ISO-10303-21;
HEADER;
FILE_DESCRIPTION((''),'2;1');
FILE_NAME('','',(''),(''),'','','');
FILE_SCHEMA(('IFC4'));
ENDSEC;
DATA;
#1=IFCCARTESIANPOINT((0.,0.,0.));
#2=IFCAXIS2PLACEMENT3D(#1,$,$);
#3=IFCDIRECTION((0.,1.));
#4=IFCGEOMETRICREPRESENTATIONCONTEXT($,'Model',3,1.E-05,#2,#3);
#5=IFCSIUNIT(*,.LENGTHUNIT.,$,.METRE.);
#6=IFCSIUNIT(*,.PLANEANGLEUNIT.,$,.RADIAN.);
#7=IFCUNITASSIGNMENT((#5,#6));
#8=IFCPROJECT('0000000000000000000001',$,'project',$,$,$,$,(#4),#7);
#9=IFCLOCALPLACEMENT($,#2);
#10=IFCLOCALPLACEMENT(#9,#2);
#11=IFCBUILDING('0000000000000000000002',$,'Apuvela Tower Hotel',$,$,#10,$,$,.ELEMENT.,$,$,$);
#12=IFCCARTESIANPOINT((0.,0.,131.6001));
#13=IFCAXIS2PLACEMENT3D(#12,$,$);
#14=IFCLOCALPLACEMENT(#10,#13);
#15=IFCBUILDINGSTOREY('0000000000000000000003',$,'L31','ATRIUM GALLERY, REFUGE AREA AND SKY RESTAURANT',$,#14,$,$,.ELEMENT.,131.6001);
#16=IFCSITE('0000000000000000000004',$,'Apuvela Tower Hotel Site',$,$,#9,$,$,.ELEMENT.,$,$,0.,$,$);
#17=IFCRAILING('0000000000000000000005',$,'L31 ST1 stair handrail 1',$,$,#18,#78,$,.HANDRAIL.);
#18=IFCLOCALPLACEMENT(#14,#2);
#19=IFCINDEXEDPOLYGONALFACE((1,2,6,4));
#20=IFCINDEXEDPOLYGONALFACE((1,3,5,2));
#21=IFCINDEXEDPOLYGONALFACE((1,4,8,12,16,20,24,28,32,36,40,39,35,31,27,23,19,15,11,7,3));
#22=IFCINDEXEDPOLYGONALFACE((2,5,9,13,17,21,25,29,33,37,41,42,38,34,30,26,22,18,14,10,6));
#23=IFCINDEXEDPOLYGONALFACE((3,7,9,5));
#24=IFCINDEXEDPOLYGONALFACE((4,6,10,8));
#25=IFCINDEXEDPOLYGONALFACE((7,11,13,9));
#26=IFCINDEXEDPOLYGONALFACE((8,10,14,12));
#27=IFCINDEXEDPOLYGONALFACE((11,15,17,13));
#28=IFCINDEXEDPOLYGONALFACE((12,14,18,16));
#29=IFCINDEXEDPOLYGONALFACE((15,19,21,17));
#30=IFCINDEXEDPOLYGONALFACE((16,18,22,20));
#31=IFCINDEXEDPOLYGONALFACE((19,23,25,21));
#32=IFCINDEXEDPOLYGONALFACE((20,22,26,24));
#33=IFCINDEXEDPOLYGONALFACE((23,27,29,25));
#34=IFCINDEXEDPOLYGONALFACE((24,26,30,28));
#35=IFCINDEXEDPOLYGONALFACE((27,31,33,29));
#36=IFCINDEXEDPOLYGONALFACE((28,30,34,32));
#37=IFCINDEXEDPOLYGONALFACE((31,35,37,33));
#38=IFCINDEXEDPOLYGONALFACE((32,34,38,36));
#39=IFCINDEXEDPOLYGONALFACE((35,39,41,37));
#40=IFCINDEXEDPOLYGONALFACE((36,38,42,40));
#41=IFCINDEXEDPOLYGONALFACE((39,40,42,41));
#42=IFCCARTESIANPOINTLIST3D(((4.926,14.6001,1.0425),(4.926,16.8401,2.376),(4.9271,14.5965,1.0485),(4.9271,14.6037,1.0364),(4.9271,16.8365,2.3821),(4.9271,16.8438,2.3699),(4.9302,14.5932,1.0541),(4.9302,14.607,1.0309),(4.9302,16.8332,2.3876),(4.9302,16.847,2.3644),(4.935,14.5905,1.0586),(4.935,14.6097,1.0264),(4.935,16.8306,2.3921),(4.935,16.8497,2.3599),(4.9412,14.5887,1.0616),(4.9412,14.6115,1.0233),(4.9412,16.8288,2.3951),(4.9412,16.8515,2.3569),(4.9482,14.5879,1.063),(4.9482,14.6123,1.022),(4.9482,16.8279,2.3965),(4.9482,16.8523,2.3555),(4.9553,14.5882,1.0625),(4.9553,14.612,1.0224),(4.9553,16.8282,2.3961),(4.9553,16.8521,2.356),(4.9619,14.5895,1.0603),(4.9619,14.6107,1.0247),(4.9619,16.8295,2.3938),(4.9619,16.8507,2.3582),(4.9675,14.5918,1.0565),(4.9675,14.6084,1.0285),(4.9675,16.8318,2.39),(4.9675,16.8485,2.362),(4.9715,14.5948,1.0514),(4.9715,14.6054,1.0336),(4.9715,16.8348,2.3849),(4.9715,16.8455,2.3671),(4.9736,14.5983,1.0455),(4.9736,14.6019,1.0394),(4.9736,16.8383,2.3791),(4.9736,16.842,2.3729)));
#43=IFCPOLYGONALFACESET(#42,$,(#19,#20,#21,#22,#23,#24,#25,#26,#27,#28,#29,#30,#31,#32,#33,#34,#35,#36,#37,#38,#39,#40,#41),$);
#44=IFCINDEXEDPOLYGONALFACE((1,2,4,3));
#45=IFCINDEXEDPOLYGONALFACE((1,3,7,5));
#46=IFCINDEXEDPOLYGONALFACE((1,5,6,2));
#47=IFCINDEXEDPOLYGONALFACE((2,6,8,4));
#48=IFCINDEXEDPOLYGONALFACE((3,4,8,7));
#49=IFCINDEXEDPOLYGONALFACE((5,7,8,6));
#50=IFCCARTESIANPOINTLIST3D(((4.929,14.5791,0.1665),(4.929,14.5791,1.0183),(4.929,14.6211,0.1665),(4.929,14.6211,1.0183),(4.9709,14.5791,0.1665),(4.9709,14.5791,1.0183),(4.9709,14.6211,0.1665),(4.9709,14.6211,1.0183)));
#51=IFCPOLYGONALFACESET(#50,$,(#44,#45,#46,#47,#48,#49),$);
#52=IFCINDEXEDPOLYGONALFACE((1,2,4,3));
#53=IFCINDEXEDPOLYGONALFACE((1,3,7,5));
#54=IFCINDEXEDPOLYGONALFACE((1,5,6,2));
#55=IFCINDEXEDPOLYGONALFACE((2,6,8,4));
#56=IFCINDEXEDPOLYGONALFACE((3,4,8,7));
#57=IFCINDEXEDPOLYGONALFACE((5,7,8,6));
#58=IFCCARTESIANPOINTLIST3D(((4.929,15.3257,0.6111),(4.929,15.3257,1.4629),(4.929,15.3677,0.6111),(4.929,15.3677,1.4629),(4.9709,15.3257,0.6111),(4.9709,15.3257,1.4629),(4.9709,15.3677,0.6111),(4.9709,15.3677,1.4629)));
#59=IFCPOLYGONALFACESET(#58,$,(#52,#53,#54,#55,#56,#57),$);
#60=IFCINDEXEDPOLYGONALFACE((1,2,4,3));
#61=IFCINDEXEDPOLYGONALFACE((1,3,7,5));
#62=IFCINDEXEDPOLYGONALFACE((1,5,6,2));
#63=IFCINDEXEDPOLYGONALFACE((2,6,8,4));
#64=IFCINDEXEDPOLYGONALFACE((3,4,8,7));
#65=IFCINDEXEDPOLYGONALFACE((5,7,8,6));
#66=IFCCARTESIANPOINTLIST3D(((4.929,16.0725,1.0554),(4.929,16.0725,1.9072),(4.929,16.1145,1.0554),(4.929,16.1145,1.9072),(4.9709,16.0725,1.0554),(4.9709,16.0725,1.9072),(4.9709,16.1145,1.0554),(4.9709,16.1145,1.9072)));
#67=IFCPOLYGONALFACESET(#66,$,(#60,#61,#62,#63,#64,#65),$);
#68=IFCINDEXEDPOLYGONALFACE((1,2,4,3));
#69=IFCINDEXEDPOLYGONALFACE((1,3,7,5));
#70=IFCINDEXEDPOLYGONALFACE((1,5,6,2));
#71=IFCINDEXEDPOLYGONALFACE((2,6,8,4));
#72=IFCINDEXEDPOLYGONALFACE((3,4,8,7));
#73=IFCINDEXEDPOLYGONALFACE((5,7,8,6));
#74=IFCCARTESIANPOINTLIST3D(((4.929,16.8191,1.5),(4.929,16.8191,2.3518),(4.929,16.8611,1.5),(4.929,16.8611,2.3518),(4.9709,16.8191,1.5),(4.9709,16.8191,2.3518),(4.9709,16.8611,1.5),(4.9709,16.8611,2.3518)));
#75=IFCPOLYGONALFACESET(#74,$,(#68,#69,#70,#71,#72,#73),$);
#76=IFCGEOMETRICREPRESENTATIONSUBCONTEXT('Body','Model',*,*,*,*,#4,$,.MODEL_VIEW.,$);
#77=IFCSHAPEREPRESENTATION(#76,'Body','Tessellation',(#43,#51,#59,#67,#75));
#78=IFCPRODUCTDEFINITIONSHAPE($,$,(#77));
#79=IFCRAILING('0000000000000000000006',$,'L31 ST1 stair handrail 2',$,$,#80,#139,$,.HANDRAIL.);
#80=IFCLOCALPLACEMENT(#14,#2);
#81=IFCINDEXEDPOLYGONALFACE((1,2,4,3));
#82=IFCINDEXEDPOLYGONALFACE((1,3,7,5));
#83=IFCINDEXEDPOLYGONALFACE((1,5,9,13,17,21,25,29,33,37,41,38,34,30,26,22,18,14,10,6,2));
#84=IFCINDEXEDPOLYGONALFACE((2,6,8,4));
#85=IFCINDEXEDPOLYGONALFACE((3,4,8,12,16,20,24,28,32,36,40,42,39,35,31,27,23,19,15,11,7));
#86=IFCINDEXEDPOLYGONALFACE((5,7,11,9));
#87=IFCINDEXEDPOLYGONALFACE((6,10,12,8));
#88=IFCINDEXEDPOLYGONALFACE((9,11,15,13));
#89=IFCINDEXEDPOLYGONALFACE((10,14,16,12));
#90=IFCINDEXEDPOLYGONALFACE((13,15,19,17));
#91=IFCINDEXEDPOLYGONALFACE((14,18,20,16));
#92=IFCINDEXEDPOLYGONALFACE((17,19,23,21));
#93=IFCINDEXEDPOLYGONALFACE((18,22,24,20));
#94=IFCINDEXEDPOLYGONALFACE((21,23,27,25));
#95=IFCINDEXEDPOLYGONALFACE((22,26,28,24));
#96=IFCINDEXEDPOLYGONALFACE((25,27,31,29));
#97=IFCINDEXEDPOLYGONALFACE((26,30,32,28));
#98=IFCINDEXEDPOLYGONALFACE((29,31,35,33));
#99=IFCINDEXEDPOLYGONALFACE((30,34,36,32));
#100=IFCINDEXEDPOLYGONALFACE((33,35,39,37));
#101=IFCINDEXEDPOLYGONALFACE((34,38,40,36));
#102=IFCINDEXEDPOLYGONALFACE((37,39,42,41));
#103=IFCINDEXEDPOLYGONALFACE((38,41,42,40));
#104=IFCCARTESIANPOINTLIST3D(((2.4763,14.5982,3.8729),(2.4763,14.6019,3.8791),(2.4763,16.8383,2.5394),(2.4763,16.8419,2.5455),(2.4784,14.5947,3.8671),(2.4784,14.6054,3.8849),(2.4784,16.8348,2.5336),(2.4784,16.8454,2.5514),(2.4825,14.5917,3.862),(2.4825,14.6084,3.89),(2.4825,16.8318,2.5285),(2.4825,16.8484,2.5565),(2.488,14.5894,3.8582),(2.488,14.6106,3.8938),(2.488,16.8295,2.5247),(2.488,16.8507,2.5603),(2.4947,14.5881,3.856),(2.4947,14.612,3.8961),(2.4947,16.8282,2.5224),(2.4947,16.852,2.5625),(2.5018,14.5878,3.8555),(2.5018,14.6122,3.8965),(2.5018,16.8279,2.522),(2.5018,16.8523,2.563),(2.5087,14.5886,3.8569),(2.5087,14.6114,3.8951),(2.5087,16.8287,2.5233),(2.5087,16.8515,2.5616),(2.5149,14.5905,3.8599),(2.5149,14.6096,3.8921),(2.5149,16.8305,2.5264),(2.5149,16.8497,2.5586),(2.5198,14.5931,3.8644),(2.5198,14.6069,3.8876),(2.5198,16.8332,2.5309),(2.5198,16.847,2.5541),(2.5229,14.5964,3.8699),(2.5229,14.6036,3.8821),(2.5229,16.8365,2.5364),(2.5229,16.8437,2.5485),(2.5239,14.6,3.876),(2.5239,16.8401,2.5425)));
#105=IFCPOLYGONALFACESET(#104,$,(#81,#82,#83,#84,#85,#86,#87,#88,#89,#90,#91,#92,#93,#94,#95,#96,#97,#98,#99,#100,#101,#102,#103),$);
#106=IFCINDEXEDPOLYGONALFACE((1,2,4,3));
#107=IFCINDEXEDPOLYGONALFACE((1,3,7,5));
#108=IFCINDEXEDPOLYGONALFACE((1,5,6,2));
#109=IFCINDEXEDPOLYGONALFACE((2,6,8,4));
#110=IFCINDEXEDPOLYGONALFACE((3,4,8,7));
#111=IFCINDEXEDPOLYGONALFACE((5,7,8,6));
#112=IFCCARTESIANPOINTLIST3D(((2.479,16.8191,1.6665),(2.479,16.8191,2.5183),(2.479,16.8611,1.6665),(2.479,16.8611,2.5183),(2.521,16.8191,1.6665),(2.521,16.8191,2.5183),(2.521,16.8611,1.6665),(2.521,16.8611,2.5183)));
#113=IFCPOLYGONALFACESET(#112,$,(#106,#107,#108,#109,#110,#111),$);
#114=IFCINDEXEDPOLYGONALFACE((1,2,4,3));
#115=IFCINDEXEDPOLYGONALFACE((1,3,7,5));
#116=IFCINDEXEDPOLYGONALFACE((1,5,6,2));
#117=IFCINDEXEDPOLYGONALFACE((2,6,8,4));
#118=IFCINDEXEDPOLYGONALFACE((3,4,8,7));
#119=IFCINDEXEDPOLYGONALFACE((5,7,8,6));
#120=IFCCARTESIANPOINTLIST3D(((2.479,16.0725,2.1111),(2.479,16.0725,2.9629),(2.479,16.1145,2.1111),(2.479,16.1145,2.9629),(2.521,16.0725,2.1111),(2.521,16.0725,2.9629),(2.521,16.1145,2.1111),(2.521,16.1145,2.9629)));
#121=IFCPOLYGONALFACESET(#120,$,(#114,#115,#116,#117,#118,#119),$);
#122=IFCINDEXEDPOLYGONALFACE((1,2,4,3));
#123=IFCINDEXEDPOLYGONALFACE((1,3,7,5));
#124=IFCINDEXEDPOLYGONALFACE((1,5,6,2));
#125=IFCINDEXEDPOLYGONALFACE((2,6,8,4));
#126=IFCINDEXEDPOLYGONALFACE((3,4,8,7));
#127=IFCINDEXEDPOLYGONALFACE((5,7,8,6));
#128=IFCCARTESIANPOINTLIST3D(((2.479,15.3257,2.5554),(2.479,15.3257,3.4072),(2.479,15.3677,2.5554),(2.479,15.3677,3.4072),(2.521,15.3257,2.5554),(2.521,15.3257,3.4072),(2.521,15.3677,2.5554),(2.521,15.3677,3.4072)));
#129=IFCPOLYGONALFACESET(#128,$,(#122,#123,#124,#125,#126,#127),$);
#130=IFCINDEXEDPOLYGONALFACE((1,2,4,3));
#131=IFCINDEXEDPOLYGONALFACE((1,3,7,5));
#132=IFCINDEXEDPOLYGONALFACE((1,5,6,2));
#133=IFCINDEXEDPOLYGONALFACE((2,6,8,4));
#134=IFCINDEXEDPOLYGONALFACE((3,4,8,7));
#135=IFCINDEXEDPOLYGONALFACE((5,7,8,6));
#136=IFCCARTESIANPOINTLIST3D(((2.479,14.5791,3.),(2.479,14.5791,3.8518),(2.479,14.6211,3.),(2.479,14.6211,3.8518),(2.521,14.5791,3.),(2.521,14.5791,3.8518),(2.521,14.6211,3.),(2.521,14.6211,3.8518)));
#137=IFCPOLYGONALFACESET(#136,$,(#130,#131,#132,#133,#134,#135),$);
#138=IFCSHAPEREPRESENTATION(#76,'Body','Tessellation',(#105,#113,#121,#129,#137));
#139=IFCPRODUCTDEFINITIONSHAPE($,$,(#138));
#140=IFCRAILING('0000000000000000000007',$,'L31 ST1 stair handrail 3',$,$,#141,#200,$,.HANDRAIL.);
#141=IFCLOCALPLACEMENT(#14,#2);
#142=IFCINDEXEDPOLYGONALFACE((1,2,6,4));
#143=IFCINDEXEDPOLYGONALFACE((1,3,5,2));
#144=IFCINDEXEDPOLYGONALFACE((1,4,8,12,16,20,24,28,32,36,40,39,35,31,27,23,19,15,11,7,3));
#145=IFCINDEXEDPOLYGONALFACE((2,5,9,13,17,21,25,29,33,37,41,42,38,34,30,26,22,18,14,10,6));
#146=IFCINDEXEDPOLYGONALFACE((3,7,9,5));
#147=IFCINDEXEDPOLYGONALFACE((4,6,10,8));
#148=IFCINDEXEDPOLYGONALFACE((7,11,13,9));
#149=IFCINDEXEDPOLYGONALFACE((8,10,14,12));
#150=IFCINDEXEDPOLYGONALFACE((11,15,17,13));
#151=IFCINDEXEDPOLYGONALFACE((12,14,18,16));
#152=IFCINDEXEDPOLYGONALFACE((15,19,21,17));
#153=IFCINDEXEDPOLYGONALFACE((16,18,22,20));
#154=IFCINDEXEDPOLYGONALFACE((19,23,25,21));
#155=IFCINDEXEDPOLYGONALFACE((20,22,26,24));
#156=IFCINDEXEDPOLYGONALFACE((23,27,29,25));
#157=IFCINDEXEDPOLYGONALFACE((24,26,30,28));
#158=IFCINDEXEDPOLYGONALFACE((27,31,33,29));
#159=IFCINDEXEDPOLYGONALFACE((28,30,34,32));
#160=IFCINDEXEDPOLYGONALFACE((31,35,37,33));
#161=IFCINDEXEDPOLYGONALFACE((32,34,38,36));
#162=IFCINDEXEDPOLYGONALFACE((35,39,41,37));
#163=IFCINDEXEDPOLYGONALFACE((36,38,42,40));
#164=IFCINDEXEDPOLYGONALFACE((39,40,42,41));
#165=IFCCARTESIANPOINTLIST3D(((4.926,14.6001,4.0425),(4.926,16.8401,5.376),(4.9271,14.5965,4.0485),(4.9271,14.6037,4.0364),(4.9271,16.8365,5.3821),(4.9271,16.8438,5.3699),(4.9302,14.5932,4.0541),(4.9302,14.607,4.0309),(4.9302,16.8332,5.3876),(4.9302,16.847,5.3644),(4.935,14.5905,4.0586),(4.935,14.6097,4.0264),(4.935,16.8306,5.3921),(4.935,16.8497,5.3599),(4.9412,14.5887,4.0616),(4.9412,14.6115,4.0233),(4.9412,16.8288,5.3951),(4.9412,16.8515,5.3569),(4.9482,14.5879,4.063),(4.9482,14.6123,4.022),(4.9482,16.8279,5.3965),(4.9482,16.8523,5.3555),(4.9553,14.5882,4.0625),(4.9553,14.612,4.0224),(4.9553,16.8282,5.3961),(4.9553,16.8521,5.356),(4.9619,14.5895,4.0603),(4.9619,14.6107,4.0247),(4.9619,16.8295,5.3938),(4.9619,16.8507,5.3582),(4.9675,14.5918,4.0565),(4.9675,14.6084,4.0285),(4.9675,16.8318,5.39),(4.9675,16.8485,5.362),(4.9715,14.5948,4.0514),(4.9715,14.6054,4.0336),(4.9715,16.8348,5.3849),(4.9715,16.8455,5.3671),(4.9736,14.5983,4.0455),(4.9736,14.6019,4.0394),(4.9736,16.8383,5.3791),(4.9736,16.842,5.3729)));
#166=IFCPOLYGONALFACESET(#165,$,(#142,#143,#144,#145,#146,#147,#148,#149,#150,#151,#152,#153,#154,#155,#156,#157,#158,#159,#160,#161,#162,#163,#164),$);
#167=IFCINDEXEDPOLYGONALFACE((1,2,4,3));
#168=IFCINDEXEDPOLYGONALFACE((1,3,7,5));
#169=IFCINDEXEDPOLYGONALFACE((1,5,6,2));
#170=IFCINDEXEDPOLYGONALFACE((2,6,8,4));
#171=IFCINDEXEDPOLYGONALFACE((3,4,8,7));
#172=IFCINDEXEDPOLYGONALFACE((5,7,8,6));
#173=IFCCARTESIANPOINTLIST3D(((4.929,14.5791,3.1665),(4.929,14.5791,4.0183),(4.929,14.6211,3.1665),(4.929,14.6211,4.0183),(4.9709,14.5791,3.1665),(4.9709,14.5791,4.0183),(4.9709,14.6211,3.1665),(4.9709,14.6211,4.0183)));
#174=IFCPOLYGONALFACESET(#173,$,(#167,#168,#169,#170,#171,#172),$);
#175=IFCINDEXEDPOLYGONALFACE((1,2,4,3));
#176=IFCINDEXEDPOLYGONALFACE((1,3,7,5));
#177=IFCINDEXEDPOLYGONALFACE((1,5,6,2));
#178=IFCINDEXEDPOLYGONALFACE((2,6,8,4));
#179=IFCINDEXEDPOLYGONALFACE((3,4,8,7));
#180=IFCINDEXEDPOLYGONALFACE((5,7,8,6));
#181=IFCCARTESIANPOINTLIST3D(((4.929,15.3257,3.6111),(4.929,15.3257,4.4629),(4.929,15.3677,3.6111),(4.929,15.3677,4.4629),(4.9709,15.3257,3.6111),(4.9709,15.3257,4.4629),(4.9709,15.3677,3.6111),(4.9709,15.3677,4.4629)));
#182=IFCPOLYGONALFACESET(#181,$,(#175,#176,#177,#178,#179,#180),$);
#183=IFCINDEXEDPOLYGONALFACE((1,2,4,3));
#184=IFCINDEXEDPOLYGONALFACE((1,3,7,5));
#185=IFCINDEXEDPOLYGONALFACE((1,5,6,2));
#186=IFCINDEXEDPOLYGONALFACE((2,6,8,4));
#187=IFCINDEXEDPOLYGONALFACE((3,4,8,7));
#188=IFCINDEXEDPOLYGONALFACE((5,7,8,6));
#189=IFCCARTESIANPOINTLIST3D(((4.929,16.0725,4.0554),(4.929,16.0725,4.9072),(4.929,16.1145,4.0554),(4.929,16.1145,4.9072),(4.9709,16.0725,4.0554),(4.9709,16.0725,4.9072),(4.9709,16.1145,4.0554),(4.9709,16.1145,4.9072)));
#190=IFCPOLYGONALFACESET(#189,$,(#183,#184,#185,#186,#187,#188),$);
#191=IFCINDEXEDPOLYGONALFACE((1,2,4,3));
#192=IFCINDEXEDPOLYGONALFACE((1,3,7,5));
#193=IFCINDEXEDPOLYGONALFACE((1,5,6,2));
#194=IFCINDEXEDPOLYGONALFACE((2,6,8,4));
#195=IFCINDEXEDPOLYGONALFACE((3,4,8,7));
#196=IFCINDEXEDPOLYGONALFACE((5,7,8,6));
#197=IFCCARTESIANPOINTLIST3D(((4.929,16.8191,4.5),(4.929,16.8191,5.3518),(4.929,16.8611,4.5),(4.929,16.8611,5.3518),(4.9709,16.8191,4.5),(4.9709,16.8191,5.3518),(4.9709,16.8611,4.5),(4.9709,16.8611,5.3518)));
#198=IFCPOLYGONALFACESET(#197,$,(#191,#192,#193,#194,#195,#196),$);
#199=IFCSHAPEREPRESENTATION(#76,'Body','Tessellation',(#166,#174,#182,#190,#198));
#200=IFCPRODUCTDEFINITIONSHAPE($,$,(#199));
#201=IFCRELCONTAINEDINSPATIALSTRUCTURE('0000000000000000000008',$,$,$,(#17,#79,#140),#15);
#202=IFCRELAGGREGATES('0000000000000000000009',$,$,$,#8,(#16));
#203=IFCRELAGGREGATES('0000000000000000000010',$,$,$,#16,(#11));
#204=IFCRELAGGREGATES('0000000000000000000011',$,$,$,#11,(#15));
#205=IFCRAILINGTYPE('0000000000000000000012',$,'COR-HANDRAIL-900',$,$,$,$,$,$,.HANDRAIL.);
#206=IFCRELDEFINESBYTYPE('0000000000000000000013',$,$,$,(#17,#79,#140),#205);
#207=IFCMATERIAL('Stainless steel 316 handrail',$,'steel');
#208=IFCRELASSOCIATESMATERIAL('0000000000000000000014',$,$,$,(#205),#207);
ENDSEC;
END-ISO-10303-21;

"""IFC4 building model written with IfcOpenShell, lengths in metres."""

from ifc_helpers import new_model, si_unit, direction, frame, origin, origin_2d, place, context, subcontext, project, spatial, rectangle, circle, extrude, material, type_object, element, save


model = new_model("IFC4")

# Units and contexts
model_context = context("Model", 3, precision=1e-05, world=origin(), true_north=direction((0.0, 1.0)))
body_context = subcontext(model_context, "Body", "Model", "MODEL_VIEW")
ifc_project = project(units=[si_unit("LENGTHUNIT", "METRE"), si_unit("PLANEANGLEUNIT", "RADIAN")], contexts=[model_context])

# Site, building, storey
site_placement = place(None, origin())
site = spatial("IfcSite", under=ifc_project, at=site_placement, Name="Apuvela Tower Hotel Site", CompositionType="ELEMENT", RefElevation=0.0)
building_placement = place(site_placement, origin())
building = spatial("IfcBuilding", under=site, at=building_placement, Name="Apuvela Tower Hotel", CompositionType="ELEMENT")
storey_placement = place(building_placement, frame((0.0, 0.0, 131.6001)))
storey = spatial("IfcBuildingStorey", under=building, at=storey_placement, Name="L31", Description="ATRIUM GALLERY, REFUGE AREA AND SKY RESTAURANT", CompositionType="ELEMENT", Elevation=131.6001)

# Railings
ifc_material_1 = material(Name="Stainless steel 316 handrail", Category="steel")
railing_type_1 = type_object("IfcRailingType", Name="COR-HANDRAIL-900", PredefinedType="HANDRAIL", material=ifc_material_1)
railing_1_placement = place(storey_placement, frame((4.95, 14.6001, 0.1665)))
element("IfcRailing", 1, at=railing_1_placement, inside=storey, type_object=railing_type_1, Name="L31 ST1 stair handrail 1", PredefinedType="HANDRAIL", context=body_context, shape_type="SweptSolid", body=[
    extrude(circle(Radius=0.0239, at=origin_2d()), frame((0.0, 0.0, 0.876), z_axis=(0.0, 0.859264, 0.511532), x_axis=(-1.0, 0.0, 0.0)), (0.0, 0.0, 1.0), 2.6069),
    extrude(rectangle(XDim=0.042, YDim=0.042, at=origin_2d()), origin(), (0.0, 0.0, 1.0), 0.8518),
    extrude(rectangle(XDim=0.042, YDim=0.042, at=origin_2d()), frame((0.0, 0.7466, 0.4446)), (0.0, 0.0, 1.0), 0.8518),
    extrude(rectangle(XDim=0.042, YDim=0.042, at=origin_2d()), frame((0.0, 1.4934, 0.8889)), (0.0, 0.0, 1.0), 0.8518),
    extrude(rectangle(XDim=0.042, YDim=0.042, at=origin_2d()), frame((0.0, 2.24, 1.3335)), (0.0, 0.0, 1.0), 0.8518),
])
railing_2_placement = place(storey_placement, frame((2.5, 16.8401, 1.6665)))
element("IfcRailing", 2, at=railing_2_placement, inside=storey, type_object=railing_type_1, Name="L31 ST1 stair handrail 2", PredefinedType="HANDRAIL", context=body_context, shape_type="SweptSolid", body=[
    extrude(circle(Radius=0.0239, at=origin_2d()), frame((0.0, 0.0, 0.876), z_axis=(0.0, -0.859264, 0.511532), x_axis=(1.0, 0.0, 0.0)), (0.0, 0.0, 1.0), 2.6069),
    extrude(rectangle(XDim=0.042, YDim=0.042, at=origin_2d()), origin(), (0.0, 0.0, 1.0), 0.8518),
    extrude(rectangle(XDim=0.042, YDim=0.042, at=origin_2d()), frame((0.0, -0.7466, 0.4446)), (0.0, 0.0, 1.0), 0.8518),
    extrude(rectangle(XDim=0.042, YDim=0.042, at=origin_2d()), frame((0.0, -1.4934, 0.8889)), (0.0, 0.0, 1.0), 0.8518),
    extrude(rectangle(XDim=0.042, YDim=0.042, at=origin_2d()), frame((0.0, -2.24, 1.3335)), (0.0, 0.0, 1.0), 0.8518),
])
railing_3_placement = place(storey_placement, frame((4.95, 14.6001, 3.1665)))
element("IfcRailing", 3, at=railing_3_placement, inside=storey, type_object=railing_type_1, Name="L31 ST1 stair handrail 3", PredefinedType="HANDRAIL", context=body_context, shape_type="SweptSolid", body=[
    extrude(circle(Radius=0.0239, at=origin_2d()), frame((0.0, 0.0, 0.876), z_axis=(0.0, 0.859264, 0.511532), x_axis=(-1.0, 0.0, 0.0)), (0.0, 0.0, 1.0), 2.6069),
    extrude(rectangle(XDim=0.042, YDim=0.042, at=origin_2d()), origin(), (0.0, 0.0, 1.0), 0.8518),
    extrude(rectangle(XDim=0.042, YDim=0.042, at=origin_2d()), frame((0.0, 0.7466, 0.4446)), (0.0, 0.0, 1.0), 0.8518),
    extrude(rectangle(XDim=0.042, YDim=0.042, at=origin_2d()), frame((0.0, 1.4934, 0.8889)), (0.0, 0.0, 1.0), 0.8518),
    extrude(rectangle(XDim=0.042, YDim=0.042, at=origin_2d()), frame((0.0, 2.24, 1.3335)), (0.0, 0.0, 1.0), 0.8518),
])

save(model, "model.ifc")
